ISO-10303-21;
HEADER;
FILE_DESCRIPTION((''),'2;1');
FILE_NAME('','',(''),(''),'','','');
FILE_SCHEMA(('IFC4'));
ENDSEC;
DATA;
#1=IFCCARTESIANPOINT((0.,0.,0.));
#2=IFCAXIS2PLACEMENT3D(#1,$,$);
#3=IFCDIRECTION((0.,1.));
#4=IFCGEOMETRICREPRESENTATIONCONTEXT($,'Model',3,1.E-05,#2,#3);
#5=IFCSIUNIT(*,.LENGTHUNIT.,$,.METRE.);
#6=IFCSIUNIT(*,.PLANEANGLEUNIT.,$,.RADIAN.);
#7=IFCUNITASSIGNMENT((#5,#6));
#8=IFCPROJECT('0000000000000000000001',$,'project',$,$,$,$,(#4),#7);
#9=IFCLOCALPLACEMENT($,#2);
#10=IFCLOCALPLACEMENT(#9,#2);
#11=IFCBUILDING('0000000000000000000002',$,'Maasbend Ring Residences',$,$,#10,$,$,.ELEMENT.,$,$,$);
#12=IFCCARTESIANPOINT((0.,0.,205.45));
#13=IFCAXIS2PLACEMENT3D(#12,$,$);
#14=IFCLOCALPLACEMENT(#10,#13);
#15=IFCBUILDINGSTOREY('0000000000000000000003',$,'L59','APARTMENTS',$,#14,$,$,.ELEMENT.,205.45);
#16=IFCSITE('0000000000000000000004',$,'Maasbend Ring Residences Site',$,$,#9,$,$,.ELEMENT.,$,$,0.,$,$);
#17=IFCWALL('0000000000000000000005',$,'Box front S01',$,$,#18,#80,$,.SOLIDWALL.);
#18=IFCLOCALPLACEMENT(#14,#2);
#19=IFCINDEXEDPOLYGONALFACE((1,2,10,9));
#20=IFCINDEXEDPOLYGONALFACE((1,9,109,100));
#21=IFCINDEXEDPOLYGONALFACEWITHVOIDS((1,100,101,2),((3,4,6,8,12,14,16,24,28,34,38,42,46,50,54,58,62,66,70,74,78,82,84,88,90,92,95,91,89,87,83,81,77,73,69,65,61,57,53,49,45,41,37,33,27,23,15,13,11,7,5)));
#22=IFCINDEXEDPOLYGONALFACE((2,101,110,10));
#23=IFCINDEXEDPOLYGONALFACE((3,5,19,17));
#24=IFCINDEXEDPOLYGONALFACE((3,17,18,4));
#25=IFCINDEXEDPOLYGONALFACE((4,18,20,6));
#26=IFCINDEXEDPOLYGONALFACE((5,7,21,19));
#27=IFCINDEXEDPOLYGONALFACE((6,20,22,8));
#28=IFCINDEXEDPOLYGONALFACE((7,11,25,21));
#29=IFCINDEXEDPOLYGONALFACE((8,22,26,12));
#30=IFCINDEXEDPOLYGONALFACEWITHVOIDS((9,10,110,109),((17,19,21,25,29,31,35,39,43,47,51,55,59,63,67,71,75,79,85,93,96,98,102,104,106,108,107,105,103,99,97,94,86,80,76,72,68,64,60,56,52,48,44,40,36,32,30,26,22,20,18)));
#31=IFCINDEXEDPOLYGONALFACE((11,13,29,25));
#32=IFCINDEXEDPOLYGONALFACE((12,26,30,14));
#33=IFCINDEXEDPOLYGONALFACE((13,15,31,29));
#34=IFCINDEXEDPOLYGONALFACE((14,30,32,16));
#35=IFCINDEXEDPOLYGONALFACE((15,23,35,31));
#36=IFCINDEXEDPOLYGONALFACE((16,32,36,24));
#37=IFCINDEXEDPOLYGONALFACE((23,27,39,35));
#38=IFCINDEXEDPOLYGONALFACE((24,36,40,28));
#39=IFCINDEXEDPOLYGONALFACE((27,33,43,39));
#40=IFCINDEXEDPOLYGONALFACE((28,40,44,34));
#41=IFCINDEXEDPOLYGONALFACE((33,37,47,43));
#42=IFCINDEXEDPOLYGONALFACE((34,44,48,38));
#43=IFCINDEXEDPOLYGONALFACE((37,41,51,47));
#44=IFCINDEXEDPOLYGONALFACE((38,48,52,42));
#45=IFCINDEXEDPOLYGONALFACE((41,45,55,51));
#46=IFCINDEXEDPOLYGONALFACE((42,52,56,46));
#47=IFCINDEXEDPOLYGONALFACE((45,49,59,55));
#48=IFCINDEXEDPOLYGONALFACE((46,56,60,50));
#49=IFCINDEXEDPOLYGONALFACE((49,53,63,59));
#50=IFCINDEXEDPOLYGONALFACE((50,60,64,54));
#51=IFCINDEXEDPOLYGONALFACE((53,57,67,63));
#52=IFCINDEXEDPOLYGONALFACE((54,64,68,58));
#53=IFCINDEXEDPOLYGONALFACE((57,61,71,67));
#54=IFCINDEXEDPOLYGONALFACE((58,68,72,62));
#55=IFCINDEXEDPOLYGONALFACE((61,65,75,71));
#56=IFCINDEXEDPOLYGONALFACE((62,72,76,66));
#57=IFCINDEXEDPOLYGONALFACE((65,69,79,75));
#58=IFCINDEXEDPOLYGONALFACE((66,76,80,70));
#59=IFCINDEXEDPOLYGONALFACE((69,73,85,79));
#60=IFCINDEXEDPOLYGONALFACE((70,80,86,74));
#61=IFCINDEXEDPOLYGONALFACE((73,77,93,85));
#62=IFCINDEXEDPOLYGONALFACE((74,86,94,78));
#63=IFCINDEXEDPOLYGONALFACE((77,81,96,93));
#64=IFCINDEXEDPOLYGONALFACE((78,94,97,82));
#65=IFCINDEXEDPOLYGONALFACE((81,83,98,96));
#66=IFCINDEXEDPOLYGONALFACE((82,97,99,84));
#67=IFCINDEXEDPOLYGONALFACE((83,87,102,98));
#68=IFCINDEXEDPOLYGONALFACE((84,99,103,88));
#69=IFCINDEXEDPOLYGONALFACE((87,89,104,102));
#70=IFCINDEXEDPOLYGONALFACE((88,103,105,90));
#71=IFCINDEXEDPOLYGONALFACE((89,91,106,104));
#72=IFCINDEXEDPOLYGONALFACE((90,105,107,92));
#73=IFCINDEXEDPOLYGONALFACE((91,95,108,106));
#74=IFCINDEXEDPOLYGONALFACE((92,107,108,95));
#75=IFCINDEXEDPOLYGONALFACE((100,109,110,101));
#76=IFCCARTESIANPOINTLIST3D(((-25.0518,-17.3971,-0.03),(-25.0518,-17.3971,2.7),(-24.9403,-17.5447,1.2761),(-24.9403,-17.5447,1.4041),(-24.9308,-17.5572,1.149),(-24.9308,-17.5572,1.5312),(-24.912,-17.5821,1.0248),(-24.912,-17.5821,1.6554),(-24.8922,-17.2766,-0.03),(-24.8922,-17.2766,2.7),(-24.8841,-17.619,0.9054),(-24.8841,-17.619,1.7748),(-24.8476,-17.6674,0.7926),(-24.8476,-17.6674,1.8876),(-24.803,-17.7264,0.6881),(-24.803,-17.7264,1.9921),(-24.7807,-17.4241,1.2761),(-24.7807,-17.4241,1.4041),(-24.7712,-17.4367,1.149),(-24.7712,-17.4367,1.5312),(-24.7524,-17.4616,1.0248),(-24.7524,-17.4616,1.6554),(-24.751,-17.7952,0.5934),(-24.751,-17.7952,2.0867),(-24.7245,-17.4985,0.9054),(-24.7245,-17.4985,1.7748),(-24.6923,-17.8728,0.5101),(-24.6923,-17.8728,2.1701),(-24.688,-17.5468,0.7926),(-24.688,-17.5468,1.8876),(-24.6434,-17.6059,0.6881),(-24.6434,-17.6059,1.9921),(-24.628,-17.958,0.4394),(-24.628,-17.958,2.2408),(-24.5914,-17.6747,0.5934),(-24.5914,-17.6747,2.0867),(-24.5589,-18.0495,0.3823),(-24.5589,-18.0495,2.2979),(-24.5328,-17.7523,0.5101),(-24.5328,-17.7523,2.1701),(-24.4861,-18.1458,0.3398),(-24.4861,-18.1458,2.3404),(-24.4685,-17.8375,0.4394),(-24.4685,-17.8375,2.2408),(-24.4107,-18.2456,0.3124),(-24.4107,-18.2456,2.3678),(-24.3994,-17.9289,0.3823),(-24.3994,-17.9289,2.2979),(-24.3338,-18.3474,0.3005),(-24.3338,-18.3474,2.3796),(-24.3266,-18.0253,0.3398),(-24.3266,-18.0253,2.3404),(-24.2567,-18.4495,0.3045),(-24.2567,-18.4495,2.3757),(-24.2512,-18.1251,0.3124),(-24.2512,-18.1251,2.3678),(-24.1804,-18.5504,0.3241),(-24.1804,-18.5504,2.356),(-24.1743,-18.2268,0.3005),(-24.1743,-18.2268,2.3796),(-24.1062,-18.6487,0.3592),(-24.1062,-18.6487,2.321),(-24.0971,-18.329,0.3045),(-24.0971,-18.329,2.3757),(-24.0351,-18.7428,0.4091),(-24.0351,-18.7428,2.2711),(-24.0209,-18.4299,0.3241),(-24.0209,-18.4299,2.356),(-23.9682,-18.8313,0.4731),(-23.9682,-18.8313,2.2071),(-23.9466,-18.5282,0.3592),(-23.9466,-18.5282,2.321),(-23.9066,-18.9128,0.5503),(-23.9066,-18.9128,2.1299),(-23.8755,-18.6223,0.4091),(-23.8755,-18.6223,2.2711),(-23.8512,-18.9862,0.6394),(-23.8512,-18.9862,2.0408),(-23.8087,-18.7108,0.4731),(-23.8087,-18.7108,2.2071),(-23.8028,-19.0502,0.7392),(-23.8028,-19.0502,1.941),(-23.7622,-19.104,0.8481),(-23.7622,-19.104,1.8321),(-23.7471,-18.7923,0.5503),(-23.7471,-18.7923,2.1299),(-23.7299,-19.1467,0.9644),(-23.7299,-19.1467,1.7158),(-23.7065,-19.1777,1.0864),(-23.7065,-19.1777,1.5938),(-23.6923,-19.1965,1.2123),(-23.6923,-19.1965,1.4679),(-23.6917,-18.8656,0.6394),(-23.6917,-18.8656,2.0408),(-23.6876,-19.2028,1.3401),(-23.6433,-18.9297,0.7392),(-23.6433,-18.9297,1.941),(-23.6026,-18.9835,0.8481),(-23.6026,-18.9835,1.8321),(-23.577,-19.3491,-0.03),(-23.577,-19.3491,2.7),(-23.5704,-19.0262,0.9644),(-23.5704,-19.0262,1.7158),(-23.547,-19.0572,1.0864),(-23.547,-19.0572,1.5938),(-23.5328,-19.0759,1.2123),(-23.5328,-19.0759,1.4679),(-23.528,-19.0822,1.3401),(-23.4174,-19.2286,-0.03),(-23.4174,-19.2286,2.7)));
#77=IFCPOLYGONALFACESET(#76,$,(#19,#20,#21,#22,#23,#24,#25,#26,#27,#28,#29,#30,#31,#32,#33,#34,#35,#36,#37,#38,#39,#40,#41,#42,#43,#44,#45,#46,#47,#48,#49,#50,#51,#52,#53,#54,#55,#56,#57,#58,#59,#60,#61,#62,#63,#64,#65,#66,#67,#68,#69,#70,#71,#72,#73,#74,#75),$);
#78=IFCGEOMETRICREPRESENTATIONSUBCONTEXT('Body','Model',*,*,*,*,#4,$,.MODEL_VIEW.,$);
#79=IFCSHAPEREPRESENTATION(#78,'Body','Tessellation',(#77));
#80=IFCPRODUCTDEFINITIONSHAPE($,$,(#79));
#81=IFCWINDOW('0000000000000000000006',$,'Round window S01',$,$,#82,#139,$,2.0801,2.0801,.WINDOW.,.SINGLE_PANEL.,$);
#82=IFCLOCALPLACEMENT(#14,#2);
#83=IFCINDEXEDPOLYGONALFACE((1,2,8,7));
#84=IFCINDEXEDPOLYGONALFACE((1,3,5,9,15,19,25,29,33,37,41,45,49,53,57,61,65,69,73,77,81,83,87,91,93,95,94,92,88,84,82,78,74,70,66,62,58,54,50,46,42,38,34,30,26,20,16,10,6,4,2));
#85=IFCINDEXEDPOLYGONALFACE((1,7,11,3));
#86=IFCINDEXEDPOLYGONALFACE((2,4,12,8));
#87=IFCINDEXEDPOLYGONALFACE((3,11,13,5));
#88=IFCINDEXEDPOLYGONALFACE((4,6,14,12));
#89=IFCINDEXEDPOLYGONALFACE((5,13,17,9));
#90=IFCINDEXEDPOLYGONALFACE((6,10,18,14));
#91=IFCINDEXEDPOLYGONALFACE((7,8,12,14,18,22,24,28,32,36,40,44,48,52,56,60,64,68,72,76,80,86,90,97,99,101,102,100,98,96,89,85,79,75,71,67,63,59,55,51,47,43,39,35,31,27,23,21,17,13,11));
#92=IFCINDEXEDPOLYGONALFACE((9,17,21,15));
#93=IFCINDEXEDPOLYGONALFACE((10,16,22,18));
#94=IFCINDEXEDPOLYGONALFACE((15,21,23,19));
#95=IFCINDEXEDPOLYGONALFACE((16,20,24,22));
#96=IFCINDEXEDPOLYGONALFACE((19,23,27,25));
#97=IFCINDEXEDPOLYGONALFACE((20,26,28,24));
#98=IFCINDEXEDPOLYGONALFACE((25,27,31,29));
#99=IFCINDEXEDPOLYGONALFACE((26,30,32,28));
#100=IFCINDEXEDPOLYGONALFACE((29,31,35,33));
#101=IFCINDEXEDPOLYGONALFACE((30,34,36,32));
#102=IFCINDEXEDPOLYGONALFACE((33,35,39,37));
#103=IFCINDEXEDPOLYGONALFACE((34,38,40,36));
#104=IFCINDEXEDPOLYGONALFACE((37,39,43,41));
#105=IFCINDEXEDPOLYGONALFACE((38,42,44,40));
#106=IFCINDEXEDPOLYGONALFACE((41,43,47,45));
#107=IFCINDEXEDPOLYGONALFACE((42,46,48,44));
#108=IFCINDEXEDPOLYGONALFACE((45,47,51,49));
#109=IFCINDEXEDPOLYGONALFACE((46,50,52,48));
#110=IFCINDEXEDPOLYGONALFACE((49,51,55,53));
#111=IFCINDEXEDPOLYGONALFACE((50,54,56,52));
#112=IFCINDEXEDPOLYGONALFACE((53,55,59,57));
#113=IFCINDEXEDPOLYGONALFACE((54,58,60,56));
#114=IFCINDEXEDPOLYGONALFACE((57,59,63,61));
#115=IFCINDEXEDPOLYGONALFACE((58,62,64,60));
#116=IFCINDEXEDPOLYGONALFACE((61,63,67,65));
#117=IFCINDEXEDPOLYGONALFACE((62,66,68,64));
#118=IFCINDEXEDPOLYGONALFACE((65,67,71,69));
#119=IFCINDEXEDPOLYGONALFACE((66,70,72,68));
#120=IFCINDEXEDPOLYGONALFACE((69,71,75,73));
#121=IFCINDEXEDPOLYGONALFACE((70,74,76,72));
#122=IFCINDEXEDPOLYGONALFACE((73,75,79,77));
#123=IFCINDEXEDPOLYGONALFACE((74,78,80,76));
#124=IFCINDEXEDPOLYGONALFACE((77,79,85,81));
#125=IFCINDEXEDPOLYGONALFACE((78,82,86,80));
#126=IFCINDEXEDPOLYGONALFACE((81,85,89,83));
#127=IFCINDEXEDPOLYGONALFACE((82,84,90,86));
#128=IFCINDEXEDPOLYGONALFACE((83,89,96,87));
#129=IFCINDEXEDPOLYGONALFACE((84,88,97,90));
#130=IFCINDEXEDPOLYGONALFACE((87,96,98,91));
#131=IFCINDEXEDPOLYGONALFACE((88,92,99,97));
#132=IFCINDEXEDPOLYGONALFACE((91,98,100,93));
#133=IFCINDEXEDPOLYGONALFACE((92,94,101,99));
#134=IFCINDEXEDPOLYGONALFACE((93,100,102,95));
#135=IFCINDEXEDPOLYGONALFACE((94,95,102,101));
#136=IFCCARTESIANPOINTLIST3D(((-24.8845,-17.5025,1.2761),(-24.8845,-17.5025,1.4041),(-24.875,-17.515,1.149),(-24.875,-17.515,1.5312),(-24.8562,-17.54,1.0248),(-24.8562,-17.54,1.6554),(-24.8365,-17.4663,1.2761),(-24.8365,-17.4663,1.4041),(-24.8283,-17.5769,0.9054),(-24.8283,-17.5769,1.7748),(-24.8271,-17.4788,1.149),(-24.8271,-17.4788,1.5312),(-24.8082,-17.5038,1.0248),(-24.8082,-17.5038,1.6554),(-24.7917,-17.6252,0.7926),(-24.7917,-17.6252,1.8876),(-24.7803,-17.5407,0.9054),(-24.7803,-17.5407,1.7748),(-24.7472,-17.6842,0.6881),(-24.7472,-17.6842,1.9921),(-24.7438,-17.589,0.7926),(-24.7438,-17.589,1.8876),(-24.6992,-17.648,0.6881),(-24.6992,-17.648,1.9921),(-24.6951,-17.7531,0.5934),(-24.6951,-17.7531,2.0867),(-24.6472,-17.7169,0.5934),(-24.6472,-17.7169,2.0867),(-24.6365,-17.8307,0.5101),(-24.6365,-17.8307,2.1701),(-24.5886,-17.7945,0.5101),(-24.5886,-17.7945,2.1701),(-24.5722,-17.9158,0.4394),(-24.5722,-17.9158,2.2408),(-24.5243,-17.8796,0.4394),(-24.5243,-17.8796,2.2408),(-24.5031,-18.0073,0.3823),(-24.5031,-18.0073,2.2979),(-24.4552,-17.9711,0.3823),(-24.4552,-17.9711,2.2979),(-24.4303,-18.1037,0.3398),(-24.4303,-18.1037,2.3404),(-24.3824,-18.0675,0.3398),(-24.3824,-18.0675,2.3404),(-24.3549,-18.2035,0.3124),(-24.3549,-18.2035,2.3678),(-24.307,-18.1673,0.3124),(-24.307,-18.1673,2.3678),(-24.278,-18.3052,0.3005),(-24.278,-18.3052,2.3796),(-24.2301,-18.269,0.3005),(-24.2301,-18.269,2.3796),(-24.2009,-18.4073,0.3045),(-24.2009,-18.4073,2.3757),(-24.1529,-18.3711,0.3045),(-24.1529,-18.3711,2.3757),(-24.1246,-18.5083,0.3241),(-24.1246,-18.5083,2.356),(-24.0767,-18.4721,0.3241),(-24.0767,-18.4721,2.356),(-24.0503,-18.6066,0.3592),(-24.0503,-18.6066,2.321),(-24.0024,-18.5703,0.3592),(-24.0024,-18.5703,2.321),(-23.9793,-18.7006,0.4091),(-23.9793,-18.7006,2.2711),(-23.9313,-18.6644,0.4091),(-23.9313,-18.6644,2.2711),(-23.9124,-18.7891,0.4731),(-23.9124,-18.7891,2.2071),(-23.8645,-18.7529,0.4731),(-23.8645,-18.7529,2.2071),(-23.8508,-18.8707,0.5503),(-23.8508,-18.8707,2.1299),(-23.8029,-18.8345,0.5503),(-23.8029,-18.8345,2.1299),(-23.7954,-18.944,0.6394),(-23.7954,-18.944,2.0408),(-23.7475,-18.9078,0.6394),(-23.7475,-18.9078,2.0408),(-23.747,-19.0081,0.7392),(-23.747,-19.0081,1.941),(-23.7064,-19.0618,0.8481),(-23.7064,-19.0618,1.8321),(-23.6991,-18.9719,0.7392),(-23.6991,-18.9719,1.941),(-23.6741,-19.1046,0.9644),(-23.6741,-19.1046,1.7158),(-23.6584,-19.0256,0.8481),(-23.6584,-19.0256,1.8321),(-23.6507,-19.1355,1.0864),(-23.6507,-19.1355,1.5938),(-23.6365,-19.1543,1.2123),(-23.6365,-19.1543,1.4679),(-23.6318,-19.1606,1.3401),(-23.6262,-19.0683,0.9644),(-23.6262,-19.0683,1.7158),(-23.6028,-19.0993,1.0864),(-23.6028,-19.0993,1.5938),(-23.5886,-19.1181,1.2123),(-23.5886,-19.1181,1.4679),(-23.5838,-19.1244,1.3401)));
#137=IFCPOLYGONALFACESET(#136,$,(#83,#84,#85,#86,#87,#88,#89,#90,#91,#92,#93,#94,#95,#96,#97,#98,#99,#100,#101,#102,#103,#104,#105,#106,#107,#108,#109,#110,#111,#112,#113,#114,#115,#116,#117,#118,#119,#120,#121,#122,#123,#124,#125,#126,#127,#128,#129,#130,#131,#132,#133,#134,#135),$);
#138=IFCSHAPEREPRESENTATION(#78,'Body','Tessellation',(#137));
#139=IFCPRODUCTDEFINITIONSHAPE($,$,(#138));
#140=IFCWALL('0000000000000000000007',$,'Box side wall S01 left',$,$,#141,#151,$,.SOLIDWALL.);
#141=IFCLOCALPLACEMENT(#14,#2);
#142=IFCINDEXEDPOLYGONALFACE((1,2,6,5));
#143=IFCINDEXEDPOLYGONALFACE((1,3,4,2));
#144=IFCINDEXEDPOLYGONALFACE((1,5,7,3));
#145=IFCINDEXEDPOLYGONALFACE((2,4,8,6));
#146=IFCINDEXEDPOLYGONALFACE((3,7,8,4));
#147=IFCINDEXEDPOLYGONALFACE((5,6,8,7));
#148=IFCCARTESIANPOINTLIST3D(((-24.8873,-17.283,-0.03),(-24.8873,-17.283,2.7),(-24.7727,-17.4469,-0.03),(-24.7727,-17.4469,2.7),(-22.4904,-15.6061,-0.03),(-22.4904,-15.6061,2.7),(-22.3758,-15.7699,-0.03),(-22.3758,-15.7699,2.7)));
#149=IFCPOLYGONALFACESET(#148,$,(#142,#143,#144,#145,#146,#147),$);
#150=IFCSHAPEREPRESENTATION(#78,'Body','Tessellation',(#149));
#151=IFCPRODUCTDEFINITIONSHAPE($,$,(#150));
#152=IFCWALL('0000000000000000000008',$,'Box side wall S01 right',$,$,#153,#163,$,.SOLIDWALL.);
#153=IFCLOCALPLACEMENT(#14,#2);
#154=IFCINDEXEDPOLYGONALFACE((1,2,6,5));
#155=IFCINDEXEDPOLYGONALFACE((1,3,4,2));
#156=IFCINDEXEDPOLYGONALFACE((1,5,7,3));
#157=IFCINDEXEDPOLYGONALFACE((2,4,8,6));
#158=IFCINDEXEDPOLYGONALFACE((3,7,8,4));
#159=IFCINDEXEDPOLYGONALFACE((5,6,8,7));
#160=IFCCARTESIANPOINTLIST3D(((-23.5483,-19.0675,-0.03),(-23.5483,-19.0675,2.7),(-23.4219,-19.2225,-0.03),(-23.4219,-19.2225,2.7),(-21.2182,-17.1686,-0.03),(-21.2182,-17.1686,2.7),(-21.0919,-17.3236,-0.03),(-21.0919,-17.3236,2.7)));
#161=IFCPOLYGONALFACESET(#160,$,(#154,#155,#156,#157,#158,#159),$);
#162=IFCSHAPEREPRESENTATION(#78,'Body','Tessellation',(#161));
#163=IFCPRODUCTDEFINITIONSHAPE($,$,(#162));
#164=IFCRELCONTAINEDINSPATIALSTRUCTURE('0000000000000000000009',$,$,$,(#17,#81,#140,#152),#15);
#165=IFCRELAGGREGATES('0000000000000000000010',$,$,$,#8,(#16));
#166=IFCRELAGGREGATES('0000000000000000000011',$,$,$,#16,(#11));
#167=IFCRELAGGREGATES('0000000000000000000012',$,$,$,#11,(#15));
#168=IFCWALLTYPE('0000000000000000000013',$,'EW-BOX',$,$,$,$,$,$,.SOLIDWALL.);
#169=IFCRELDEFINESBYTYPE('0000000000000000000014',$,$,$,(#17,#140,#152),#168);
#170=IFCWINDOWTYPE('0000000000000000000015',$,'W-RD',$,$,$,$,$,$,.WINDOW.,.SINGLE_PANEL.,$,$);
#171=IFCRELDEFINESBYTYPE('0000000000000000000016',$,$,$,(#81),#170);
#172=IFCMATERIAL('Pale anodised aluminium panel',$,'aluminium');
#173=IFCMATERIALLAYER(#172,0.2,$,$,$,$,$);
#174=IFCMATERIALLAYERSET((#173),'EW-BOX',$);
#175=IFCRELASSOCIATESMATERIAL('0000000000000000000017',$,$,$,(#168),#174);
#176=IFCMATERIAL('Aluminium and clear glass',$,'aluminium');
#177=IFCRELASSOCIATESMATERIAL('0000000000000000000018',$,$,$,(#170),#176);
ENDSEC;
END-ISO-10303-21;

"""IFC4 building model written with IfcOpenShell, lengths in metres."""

from ifc_helpers import new_model, si_unit, direction, frame, frame_2d, origin, place, context, subcontext, project, spatial, rectangle, circle, extrude, material, layer, layer_set, type_object, element, fill, save


model = new_model("IFC4")

# Units and contexts
model_context = context("Model", 3, precision=1e-05, world=origin(), true_north=direction((0.0, 1.0)))
body_context = subcontext(model_context, "Body", "Model", "MODEL_VIEW")
ifc_project = project(units=[si_unit("LENGTHUNIT", "METRE"), si_unit("PLANEANGLEUNIT", "RADIAN")], contexts=[model_context])

# Site, building, storey
site_placement = place(None, origin())
site = spatial("IfcSite", under=ifc_project, at=site_placement, Name="Maasbend Ring Residences Site", CompositionType="ELEMENT", RefElevation=0.0)
building_placement = place(site_placement, origin())
building = spatial("IfcBuilding", under=site, at=building_placement, Name="Maasbend Ring Residences", CompositionType="ELEMENT")
storey_placement = place(building_placement, frame((0.0, 0.0, 205.45)))
storey = spatial("IfcBuildingStorey", under=building, at=storey_placement, Name="L59", Description="APARTMENTS", CompositionType="ELEMENT", Elevation=205.45)

# Wall, opening, window
ifc_material_1 = material(Name="Pale anodised aluminium panel", Category="aluminium")
ifc_layer_1 = layer(ifc_material_1, 0.2)
ifc_layer_set_1 = layer_set([ifc_layer_1], Name="EW-BOX")
wall_type_1 = type_object("IfcWallType", Name="EW-BOX", PredefinedType="SOLIDWALL", material=ifc_layer_set_1)
wall_1_placement = place(storey_placement, frame((-24.9719, -17.3369, -0.03), z_axis=(0.0, 0.0, 1.0), x_axis=(0.602806, -0.797888, 0.0)))
wall_1 = element("IfcWall", 1, at=wall_1_placement, inside=storey, type_object=wall_type_1, Name="Box front S01", PredefinedType="SOLIDWALL", context=body_context, shape_type="SweptSolid", body=[
    extrude(rectangle(XDim=2.4465, YDim=0.2, at=frame_2d((1.2231, 0.0))), origin(), (0.0, 0.0, 1.0), 2.73),
])
opening_1_placement = place(wall_1_placement, frame((0.1829, 0.0, 0.3301)))
opening_1 = element("IfcOpeningElement", 2, at=opening_1_placement, cuts=wall_1, PredefinedType="OPENING", context=body_context, shape_type="SweptSolid", body=[
    extrude(circle(Radius=1.04, at=frame_2d((1.04, 1.04))), frame((0.0, 0.1099, 0.0), z_axis=(0.0, -1.0, 0.0), x_axis=(1.0, 0.0, 0.0)), (0.0, 0.0, 1.0), 0.22),
])
ifc_material_2 = material(Name="Aluminium and clear glass", Category="aluminium")
window_type_1 = type_object("IfcWindowType", Name="W-RD", PartitioningType="SINGLE_PANEL", PredefinedType="WINDOW", material=ifc_material_2)
window_1_placement = place(opening_1_placement, origin())
window_1 = element("IfcWindow", 3, at=window_1_placement, inside=storey, type_object=window_type_1, Name="Round window S01", OverallHeight=2.0801, OverallWidth=2.0801, PartitioningType="SINGLE_PANEL", PredefinedType="WINDOW", context=body_context, shape_type="SweptSolid", body=[
    extrude(circle(Radius=1.04, at=frame_2d((1.04, 1.04))), frame((0.0, 0.03, 0.0), z_axis=(0.0, -1.0, 0.0), x_axis=(1.0, 0.0, 0.0)), (0.0, 0.0, 1.0), 0.0601),
])
fill(opening_1, window_1)

# Walls
wall_2_placement = place(storey_placement, frame((-22.4331, -15.688, -0.03), z_axis=(0.0, 0.0, 1.0), x_axis=(-0.819373, -0.573261, 0.0)))
element("IfcWall", 4, at=wall_2_placement, inside=storey, type_object=wall_type_1, Name="Box side wall S01 left", PredefinedType="SOLIDWALL", context=body_context, shape_type="SweptSolid", body=[
    extrude(rectangle(XDim=2.9253, YDim=0.2, at=frame_2d((1.4626, 0.0))), origin(), (0.0, 0.0, 1.0), 2.73),
])
wall_3_placement = place(storey_placement, frame((-21.155, -17.2461, -0.03), z_axis=(0.0, 0.0, 1.0), x_axis=(-0.775179, -0.631742, 0.0)))
element("IfcWall", 5, at=wall_3_placement, inside=storey, type_object=wall_type_1, Name="Box side wall S01 right", PredefinedType="SOLIDWALL", context=body_context, shape_type="SweptSolid", body=[
    extrude(rectangle(XDim=3.0059, YDim=0.2, at=frame_2d((1.5029, 0.0))), origin(), (0.0, 0.0, 1.0), 2.73),
])

save(model, "model.ifc")
